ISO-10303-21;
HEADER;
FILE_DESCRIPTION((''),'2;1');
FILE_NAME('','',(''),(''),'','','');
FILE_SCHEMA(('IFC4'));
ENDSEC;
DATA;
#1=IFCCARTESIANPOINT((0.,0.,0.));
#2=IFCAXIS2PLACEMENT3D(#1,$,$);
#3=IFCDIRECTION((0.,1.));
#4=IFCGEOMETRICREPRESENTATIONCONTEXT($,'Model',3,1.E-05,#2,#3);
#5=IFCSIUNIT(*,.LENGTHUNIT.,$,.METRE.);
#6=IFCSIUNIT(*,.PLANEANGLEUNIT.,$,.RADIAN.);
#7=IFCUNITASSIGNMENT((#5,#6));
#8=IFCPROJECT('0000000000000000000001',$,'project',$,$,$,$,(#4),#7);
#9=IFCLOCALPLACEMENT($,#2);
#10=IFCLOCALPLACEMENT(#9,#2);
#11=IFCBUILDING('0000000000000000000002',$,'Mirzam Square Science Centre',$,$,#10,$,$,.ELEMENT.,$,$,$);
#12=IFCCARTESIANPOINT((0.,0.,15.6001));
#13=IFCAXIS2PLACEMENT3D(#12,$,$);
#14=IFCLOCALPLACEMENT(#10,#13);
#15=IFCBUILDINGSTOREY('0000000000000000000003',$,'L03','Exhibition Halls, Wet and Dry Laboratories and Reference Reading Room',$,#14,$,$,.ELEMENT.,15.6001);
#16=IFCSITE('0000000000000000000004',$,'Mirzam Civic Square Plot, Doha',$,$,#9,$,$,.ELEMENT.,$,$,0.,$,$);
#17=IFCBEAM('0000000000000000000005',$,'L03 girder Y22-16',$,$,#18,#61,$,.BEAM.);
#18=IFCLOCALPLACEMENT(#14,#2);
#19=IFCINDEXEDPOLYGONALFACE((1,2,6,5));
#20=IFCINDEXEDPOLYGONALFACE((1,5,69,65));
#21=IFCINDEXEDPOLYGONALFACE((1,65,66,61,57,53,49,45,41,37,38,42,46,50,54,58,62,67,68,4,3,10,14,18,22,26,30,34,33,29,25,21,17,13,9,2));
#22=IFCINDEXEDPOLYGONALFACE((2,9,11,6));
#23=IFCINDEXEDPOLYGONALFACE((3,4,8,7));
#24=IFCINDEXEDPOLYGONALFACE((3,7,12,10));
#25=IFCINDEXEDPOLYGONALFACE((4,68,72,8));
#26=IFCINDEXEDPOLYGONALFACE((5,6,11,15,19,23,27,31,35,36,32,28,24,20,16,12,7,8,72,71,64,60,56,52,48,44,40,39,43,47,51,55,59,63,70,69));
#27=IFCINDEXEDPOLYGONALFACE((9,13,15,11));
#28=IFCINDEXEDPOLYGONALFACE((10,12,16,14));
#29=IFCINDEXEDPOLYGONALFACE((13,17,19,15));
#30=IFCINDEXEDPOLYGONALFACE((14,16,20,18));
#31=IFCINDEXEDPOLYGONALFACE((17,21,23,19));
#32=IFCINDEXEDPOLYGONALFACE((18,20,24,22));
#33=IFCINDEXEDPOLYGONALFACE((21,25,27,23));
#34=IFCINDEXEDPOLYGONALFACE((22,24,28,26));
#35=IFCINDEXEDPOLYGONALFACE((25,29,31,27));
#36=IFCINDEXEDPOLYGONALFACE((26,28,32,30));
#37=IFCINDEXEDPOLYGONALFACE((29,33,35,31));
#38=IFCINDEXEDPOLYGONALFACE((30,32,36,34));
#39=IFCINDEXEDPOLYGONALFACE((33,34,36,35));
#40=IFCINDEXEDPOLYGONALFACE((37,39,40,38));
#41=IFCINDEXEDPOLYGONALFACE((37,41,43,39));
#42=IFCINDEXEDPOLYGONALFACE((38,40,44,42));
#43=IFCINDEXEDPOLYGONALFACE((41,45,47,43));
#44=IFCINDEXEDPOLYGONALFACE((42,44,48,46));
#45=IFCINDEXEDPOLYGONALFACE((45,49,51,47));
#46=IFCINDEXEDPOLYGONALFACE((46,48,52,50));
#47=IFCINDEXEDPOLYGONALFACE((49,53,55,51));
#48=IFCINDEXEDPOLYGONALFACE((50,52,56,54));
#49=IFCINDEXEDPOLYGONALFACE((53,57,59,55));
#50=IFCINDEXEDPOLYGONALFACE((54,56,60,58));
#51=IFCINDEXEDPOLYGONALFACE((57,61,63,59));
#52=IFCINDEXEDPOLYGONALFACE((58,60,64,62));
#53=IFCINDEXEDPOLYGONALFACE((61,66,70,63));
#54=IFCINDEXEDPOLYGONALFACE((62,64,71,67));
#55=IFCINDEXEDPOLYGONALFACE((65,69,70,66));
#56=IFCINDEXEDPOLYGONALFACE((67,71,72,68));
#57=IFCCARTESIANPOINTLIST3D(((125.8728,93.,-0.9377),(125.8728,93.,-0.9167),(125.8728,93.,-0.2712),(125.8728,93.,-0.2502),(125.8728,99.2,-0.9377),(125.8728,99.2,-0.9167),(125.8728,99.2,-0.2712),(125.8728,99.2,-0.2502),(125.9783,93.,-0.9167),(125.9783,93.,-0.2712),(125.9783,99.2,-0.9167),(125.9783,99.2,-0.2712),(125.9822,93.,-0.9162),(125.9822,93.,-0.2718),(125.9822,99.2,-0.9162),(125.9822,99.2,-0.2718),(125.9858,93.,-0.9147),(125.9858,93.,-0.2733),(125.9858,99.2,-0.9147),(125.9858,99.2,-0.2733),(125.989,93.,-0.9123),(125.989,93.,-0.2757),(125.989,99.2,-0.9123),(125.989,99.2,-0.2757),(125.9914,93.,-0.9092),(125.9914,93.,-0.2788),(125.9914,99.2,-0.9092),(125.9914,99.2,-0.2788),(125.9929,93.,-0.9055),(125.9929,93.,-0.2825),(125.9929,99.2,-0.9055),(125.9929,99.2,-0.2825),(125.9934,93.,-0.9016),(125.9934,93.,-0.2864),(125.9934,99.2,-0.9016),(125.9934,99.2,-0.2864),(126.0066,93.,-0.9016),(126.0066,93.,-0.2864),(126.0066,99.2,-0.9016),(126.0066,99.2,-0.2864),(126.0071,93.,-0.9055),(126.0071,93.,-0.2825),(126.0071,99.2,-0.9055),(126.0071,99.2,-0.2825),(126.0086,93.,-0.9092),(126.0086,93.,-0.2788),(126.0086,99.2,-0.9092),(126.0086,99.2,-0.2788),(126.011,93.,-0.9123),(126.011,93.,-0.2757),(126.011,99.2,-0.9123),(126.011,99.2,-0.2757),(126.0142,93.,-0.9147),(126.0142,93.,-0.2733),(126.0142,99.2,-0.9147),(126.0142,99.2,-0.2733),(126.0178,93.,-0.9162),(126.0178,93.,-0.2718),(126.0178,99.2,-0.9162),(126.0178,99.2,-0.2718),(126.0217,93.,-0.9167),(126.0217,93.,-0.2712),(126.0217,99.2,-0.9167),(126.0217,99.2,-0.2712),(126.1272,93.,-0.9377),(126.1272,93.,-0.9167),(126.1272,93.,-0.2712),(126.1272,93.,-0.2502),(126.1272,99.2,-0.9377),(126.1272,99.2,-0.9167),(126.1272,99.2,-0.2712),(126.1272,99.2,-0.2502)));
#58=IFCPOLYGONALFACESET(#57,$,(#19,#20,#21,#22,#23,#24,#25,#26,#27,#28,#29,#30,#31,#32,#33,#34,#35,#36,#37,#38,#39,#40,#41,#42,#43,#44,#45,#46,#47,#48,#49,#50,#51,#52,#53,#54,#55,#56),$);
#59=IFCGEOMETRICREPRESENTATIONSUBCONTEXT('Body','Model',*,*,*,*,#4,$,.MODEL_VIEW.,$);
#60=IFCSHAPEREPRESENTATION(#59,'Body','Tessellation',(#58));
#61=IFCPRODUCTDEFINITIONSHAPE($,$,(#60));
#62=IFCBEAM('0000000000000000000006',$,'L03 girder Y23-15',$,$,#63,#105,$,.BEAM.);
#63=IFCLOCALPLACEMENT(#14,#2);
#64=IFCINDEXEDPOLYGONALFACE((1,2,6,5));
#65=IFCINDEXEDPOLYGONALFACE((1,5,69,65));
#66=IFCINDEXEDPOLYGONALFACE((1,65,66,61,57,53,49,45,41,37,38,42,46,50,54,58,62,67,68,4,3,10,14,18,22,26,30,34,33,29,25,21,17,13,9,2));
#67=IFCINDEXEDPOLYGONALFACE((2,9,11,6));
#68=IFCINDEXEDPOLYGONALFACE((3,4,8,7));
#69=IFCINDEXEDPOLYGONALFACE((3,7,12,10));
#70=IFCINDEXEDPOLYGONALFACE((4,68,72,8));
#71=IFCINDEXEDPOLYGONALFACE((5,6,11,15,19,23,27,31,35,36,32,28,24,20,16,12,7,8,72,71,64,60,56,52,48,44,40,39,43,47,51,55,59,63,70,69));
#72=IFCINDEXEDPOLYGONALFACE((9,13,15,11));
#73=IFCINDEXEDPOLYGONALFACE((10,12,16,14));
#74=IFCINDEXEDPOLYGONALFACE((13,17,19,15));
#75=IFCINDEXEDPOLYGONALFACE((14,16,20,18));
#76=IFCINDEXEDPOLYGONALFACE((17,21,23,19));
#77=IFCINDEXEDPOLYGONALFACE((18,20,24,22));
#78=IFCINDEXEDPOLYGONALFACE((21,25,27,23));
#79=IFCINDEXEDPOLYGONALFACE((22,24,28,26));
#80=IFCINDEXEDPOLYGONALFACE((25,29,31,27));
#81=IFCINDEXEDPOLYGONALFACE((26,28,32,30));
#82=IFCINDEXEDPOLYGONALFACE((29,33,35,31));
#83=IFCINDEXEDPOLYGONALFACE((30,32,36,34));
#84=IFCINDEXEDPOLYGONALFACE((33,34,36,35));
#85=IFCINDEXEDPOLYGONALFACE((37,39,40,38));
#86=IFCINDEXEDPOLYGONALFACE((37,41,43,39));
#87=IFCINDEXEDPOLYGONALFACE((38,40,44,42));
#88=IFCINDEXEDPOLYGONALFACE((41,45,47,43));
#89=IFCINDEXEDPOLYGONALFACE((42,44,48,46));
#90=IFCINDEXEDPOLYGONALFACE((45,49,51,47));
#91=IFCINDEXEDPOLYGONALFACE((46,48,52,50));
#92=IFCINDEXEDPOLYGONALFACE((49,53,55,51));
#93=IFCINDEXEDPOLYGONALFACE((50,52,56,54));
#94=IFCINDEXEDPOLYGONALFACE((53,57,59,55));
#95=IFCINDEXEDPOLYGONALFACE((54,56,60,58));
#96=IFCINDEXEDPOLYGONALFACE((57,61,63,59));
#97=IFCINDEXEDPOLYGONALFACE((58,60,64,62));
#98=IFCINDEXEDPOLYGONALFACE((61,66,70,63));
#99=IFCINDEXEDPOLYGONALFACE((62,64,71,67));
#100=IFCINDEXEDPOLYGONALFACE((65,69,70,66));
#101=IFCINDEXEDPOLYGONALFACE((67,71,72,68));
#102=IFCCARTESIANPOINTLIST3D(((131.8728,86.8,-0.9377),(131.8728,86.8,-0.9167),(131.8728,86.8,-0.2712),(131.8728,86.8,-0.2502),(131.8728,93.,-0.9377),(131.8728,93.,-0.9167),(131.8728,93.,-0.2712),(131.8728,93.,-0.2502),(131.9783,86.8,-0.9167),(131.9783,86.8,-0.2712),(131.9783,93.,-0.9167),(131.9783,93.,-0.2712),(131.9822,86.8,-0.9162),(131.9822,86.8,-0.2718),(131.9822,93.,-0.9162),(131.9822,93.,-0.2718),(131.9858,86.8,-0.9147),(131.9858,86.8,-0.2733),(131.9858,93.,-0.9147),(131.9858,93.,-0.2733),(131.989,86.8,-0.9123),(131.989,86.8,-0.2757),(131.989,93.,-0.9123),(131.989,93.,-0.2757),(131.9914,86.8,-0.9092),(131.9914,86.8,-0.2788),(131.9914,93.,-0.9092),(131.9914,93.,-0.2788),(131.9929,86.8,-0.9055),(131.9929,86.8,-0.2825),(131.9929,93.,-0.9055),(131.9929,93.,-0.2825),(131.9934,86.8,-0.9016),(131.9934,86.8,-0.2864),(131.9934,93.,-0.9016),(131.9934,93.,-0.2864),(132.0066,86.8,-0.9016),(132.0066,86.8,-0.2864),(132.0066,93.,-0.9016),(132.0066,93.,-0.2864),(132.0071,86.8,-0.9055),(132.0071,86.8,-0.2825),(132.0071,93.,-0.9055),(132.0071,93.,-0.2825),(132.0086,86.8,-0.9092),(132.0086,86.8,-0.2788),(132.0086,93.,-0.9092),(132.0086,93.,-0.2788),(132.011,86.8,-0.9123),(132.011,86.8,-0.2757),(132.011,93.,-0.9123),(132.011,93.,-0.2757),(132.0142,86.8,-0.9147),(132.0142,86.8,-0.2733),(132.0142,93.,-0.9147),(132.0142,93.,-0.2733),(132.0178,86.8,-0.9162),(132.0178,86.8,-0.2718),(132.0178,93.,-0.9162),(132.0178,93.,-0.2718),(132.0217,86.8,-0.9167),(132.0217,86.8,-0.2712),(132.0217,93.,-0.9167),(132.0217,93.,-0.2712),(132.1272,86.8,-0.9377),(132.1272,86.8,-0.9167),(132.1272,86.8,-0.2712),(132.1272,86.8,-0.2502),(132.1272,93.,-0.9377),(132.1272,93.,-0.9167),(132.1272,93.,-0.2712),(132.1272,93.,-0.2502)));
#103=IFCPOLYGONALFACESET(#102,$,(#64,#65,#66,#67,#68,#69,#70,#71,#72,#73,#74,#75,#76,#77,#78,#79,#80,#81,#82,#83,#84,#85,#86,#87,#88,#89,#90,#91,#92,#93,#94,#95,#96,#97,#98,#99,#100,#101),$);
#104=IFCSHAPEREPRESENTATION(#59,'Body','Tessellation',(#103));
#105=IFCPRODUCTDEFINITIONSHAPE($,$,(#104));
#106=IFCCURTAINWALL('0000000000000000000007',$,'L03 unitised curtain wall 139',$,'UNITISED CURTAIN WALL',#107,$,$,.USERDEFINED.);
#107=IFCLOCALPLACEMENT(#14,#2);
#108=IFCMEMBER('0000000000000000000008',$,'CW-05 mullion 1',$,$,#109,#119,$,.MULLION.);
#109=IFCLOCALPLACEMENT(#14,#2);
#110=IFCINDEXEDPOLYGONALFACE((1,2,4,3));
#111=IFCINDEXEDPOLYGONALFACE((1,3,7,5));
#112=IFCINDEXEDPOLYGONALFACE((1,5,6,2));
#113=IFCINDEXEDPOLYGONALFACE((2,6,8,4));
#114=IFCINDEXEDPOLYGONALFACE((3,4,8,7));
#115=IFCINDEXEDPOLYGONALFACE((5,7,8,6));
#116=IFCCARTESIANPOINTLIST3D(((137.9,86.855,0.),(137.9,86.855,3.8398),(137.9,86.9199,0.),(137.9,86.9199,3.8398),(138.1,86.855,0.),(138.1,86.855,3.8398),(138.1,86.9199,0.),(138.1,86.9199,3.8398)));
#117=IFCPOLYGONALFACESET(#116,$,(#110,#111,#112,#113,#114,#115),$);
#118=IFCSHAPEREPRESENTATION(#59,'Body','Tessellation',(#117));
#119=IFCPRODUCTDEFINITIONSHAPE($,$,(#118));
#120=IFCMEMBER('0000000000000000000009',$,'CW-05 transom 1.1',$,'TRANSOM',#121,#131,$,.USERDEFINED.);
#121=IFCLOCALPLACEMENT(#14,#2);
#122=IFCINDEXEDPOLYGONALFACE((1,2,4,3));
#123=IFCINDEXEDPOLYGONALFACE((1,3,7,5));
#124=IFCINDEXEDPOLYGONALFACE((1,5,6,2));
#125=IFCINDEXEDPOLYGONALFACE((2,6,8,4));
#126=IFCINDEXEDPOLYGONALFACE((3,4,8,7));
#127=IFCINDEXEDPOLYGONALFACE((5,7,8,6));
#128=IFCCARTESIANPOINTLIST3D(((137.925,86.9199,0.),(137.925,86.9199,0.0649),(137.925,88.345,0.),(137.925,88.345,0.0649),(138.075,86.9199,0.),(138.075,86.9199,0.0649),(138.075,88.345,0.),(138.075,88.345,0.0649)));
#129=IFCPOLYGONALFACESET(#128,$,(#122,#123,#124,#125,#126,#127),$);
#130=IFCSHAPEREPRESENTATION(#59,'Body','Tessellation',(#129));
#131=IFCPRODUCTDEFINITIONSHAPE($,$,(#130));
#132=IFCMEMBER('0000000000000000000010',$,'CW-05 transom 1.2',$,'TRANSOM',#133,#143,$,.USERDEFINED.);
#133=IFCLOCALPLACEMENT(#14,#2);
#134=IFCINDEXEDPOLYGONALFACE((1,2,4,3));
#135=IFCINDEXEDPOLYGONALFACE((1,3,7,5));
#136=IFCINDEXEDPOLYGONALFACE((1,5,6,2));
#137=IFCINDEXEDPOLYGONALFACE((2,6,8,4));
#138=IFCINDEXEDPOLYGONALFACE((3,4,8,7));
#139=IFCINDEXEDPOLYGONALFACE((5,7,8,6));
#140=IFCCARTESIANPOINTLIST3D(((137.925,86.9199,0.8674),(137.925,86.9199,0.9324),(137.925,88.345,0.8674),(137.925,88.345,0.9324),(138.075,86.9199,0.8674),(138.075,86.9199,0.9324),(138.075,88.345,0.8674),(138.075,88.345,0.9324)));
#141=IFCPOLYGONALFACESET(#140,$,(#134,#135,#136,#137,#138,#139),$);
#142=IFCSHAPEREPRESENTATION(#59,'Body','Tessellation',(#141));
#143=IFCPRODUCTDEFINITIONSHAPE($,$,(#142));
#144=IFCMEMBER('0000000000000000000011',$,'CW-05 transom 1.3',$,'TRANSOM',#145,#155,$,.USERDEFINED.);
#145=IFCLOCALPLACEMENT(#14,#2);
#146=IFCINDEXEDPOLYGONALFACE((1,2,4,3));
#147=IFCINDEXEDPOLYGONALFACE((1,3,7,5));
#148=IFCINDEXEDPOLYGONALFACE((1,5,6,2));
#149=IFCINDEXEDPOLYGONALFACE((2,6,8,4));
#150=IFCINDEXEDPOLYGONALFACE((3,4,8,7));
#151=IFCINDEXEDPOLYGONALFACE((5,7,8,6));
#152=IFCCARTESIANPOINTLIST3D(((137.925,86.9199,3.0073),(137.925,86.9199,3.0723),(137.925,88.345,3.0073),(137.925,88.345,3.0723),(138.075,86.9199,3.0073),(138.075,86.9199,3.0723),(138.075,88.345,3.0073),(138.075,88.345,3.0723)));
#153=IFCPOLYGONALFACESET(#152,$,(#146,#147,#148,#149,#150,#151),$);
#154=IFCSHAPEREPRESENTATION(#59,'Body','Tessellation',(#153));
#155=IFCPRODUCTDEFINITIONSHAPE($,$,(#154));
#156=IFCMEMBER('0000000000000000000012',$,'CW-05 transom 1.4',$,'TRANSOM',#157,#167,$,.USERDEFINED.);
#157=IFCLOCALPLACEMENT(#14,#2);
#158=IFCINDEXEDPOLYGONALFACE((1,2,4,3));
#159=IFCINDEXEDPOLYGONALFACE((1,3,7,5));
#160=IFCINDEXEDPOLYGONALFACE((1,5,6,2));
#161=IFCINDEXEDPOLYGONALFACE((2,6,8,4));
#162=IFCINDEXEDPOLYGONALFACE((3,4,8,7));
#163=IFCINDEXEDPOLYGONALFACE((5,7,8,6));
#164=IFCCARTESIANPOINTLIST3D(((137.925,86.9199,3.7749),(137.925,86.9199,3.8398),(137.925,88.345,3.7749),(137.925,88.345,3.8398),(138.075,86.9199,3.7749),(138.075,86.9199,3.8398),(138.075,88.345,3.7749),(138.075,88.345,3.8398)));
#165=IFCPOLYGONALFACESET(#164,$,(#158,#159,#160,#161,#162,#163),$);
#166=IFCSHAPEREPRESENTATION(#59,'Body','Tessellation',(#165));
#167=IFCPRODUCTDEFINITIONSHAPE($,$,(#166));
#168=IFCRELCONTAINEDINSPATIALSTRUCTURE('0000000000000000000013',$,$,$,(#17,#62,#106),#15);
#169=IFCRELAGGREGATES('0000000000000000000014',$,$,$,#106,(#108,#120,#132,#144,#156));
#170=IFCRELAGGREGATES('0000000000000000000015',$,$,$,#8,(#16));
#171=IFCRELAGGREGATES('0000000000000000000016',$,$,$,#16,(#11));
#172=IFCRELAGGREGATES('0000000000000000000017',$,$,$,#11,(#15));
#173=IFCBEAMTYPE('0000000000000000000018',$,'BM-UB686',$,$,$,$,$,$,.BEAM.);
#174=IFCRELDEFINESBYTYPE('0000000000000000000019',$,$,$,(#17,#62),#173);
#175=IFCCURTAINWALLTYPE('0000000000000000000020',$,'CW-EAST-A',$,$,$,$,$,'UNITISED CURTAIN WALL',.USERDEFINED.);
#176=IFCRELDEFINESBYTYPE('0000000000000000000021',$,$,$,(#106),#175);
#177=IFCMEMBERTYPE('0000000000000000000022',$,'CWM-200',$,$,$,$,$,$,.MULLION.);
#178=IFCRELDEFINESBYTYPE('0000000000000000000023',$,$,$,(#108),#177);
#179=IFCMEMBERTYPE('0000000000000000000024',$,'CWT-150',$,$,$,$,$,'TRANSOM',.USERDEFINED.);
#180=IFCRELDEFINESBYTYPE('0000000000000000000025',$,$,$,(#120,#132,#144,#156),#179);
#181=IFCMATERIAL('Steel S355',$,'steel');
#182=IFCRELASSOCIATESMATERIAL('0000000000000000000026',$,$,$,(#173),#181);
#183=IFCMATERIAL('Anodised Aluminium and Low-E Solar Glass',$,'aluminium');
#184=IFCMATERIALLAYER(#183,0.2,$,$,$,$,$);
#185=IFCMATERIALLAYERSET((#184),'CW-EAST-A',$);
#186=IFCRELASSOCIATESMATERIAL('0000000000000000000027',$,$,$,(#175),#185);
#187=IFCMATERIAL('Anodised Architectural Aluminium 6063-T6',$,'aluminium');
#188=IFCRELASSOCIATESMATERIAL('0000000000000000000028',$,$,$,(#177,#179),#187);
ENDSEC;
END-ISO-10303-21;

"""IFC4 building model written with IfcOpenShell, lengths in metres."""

from ifc_helpers import new_model, si_unit, direction, frame, origin, origin_2d, place, context, subcontext, project, spatial, rectangle, i_section, extrude, material, layer, layer_set, material_profile, profile_set, type_object, element, aggregate, save


model = new_model("IFC4")

# Units and contexts
model_context = context("Model", 3, precision=1e-05, world=origin(), true_north=direction((0.0, 1.0)))
body_context = subcontext(model_context, "Body", "Model", "MODEL_VIEW")
ifc_project = project(units=[si_unit("LENGTHUNIT", "METRE"), si_unit("PLANEANGLEUNIT", "RADIAN")], contexts=[model_context])

# Site, building, storey
site_placement = place(None, origin())
site = spatial("IfcSite", under=ifc_project, at=site_placement, Name="Mirzam Civic Square Plot, Doha", CompositionType="ELEMENT", RefElevation=0.0)
building_placement = place(site_placement, origin())
building = spatial("IfcBuilding", under=site, at=building_placement, Name="Mirzam Square Science Centre", CompositionType="ELEMENT")
storey_placement = place(building_placement, frame((0.0, 0.0, 15.6001)))
storey = spatial("IfcBuildingStorey", under=building, at=storey_placement, Name="L03", Description="Exhibition Halls, Wet and Dry Laboratories and Reference Reading Room", CompositionType="ELEMENT", Elevation=15.6001)

# Shared definitions
ifc_material_1 = material(Name="Steel S355", Category="steel")

# Beams
ifc_material_profile_1 = material_profile(ifc_material_1, i_section(OverallWidth=0.2544, OverallDepth=0.6875, WebThickness=0.0132, FlangeThickness=0.021, FilletRadius=0.0151, at=origin_2d()), Name="686x254x152UB")
ifc_profile_set_1 = profile_set([ifc_material_profile_1], Name="Steel S355")
beam_type_1 = type_object("IfcBeamType", Name="BM-UB686", PredefinedType="BEAM", material=ifc_profile_set_1)
for number, where, z_axis, x_axis, name in (
    (1, (126.0, 93.0, -0.594), (0.0, 1.0, 0.0), (-1.0, 0.0, 0.0), "L03 girder Y22-16"),
    (2, (132.0, 86.8, -0.594), (0.0, 1.0, 0.0), (-1.0, 0.0, 0.0), "L03 girder Y23-15"),
):
    element("IfcBeam", number, at=place(storey_placement, frame(where, z_axis=z_axis, x_axis=x_axis)), inside=storey, type_object=beam_type_1, Name=name, PredefinedType="BEAM", context=body_context, shape_type="SweptSolid", body=[
        extrude(i_section(OverallWidth=0.2544, OverallDepth=0.6875, WebThickness=0.0132, FlangeThickness=0.021, FilletRadius=0.0151, at=origin_2d()), origin(), (0.0, 0.0, 1.0), 6.2),
    ])

# Curtain wall, members
ifc_material_2 = material(Name="Anodised Aluminium and Low-E Solar Glass", Category="aluminium")
ifc_layer_1 = layer(ifc_material_2, 0.2)
ifc_layer_set_1 = layer_set([ifc_layer_1], Name="CW-EAST-A")
curtain_wall_type = type_object("IfcCurtainWallType", Name="CW-EAST-A", ElementType="UNITISED CURTAIN WALL", PredefinedType="USERDEFINED", material=ifc_layer_set_1)
curtain_wall_placement = place(storey_placement, origin())
curtain_wall = element("IfcCurtainWall", 3, at=curtain_wall_placement, inside=storey, type_object=curtain_wall_type, Name="L03 unitised curtain wall 139", ObjectType="UNITISED CURTAIN WALL", PredefinedType="USERDEFINED")
ifc_material_3 = material(Name="Anodised Architectural Aluminium 6063-T6", Category="aluminium")
ifc_material_profile_2 = material_profile(ifc_material_3, rectangle(XDim=0.0649, YDim=0.2, at=origin_2d()), Name="ALU-MULL-200x65x5")
ifc_profile_set_2 = profile_set([ifc_material_profile_2], Name="Anodised Architectural Aluminium 6063-T6")
member_type_1 = type_object("IfcMemberType", Name="CWM-200", PredefinedType="MULLION", material=ifc_profile_set_2)
member_1_placement = place(storey_placement, frame((138.0, 86.8875, 0.0), z_axis=(0.0, 0.0, 1.0), x_axis=(0.0, 1.0, 0.0)))
member_1 = element("IfcMember", 4, at=member_1_placement, type_object=member_type_1, Name="CW-05 mullion 1", PredefinedType="MULLION", context=body_context, shape_type="SweptSolid", body=[
    extrude(rectangle(XDim=0.0649, YDim=0.2, at=origin_2d()), origin(), (0.0, 0.0, 1.0), 3.8398),
])
ifc_material_profile_3 = material_profile(ifc_material_3, rectangle(XDim=0.1499, YDim=0.0649, at=origin_2d()), Name="ALU-TRAN-150x65x4")
ifc_profile_set_3 = profile_set([ifc_material_profile_3], Name="Anodised Architectural Aluminium 6063-T6")
member_type_2 = type_object("IfcMemberType", Name="CWT-150", ElementType="TRANSOM", PredefinedType="USERDEFINED", material=ifc_profile_set_3)
member_2_placement = place(storey_placement, frame((138.0, 86.9199, 0.0325), z_axis=(0.0, 1.0, 0.0), x_axis=(-1.0, 0.0, 0.0)))
member_2 = element("IfcMember", 5, at=member_2_placement, type_object=member_type_2, Name="CW-05 transom 1.1", ObjectType="TRANSOM", PredefinedType="USERDEFINED", context=body_context, shape_type="SweptSolid", body=[
    extrude(rectangle(XDim=0.1499, YDim=0.0649, at=origin_2d()), origin(), (0.0, 0.0, 1.0), 1.425),
])
member_3_placement = place(storey_placement, frame((138.0, 86.9199, 0.8999), z_axis=(0.0, 1.0, 0.0), x_axis=(-1.0, 0.0, 0.0)))
member_3 = element("IfcMember", 6, at=member_3_placement, type_object=member_type_2, Name="CW-05 transom 1.2", ObjectType="TRANSOM", PredefinedType="USERDEFINED", context=body_context, shape_type="SweptSolid", body=[
    extrude(rectangle(XDim=0.1499, YDim=0.0649, at=origin_2d()), origin(), (0.0, 0.0, 1.0), 1.425),
])
member_4_placement = place(storey_placement, frame((138.0, 86.9199, 3.0398), z_axis=(0.0, 1.0, 0.0), x_axis=(-1.0, 0.0, 0.0)))
member_4 = element("IfcMember", 7, at=member_4_placement, type_object=member_type_2, Name="CW-05 transom 1.3", ObjectType="TRANSOM", PredefinedType="USERDEFINED", context=body_context, shape_type="SweptSolid", body=[
    extrude(rectangle(XDim=0.1499, YDim=0.0649, at=origin_2d()), origin(), (0.0, 0.0, 1.0), 1.425),
])
member_5_placement = place(storey_placement, frame((138.0, 86.9199, 3.8074), z_axis=(0.0, 1.0, 0.0), x_axis=(-1.0, 0.0, 0.0)))
member_5 = element("IfcMember", 8, at=member_5_placement, type_object=member_type_2, Name="CW-05 transom 1.4", ObjectType="TRANSOM", PredefinedType="USERDEFINED", context=body_context, shape_type="SweptSolid", body=[
    extrude(rectangle(XDim=0.1499, YDim=0.0649, at=origin_2d()), origin(), (0.0, 0.0, 1.0), 1.425),
])

aggregate(curtain_wall, [member_1, member_2, member_3, member_4, member_5])

save(model, "model.ifc")
